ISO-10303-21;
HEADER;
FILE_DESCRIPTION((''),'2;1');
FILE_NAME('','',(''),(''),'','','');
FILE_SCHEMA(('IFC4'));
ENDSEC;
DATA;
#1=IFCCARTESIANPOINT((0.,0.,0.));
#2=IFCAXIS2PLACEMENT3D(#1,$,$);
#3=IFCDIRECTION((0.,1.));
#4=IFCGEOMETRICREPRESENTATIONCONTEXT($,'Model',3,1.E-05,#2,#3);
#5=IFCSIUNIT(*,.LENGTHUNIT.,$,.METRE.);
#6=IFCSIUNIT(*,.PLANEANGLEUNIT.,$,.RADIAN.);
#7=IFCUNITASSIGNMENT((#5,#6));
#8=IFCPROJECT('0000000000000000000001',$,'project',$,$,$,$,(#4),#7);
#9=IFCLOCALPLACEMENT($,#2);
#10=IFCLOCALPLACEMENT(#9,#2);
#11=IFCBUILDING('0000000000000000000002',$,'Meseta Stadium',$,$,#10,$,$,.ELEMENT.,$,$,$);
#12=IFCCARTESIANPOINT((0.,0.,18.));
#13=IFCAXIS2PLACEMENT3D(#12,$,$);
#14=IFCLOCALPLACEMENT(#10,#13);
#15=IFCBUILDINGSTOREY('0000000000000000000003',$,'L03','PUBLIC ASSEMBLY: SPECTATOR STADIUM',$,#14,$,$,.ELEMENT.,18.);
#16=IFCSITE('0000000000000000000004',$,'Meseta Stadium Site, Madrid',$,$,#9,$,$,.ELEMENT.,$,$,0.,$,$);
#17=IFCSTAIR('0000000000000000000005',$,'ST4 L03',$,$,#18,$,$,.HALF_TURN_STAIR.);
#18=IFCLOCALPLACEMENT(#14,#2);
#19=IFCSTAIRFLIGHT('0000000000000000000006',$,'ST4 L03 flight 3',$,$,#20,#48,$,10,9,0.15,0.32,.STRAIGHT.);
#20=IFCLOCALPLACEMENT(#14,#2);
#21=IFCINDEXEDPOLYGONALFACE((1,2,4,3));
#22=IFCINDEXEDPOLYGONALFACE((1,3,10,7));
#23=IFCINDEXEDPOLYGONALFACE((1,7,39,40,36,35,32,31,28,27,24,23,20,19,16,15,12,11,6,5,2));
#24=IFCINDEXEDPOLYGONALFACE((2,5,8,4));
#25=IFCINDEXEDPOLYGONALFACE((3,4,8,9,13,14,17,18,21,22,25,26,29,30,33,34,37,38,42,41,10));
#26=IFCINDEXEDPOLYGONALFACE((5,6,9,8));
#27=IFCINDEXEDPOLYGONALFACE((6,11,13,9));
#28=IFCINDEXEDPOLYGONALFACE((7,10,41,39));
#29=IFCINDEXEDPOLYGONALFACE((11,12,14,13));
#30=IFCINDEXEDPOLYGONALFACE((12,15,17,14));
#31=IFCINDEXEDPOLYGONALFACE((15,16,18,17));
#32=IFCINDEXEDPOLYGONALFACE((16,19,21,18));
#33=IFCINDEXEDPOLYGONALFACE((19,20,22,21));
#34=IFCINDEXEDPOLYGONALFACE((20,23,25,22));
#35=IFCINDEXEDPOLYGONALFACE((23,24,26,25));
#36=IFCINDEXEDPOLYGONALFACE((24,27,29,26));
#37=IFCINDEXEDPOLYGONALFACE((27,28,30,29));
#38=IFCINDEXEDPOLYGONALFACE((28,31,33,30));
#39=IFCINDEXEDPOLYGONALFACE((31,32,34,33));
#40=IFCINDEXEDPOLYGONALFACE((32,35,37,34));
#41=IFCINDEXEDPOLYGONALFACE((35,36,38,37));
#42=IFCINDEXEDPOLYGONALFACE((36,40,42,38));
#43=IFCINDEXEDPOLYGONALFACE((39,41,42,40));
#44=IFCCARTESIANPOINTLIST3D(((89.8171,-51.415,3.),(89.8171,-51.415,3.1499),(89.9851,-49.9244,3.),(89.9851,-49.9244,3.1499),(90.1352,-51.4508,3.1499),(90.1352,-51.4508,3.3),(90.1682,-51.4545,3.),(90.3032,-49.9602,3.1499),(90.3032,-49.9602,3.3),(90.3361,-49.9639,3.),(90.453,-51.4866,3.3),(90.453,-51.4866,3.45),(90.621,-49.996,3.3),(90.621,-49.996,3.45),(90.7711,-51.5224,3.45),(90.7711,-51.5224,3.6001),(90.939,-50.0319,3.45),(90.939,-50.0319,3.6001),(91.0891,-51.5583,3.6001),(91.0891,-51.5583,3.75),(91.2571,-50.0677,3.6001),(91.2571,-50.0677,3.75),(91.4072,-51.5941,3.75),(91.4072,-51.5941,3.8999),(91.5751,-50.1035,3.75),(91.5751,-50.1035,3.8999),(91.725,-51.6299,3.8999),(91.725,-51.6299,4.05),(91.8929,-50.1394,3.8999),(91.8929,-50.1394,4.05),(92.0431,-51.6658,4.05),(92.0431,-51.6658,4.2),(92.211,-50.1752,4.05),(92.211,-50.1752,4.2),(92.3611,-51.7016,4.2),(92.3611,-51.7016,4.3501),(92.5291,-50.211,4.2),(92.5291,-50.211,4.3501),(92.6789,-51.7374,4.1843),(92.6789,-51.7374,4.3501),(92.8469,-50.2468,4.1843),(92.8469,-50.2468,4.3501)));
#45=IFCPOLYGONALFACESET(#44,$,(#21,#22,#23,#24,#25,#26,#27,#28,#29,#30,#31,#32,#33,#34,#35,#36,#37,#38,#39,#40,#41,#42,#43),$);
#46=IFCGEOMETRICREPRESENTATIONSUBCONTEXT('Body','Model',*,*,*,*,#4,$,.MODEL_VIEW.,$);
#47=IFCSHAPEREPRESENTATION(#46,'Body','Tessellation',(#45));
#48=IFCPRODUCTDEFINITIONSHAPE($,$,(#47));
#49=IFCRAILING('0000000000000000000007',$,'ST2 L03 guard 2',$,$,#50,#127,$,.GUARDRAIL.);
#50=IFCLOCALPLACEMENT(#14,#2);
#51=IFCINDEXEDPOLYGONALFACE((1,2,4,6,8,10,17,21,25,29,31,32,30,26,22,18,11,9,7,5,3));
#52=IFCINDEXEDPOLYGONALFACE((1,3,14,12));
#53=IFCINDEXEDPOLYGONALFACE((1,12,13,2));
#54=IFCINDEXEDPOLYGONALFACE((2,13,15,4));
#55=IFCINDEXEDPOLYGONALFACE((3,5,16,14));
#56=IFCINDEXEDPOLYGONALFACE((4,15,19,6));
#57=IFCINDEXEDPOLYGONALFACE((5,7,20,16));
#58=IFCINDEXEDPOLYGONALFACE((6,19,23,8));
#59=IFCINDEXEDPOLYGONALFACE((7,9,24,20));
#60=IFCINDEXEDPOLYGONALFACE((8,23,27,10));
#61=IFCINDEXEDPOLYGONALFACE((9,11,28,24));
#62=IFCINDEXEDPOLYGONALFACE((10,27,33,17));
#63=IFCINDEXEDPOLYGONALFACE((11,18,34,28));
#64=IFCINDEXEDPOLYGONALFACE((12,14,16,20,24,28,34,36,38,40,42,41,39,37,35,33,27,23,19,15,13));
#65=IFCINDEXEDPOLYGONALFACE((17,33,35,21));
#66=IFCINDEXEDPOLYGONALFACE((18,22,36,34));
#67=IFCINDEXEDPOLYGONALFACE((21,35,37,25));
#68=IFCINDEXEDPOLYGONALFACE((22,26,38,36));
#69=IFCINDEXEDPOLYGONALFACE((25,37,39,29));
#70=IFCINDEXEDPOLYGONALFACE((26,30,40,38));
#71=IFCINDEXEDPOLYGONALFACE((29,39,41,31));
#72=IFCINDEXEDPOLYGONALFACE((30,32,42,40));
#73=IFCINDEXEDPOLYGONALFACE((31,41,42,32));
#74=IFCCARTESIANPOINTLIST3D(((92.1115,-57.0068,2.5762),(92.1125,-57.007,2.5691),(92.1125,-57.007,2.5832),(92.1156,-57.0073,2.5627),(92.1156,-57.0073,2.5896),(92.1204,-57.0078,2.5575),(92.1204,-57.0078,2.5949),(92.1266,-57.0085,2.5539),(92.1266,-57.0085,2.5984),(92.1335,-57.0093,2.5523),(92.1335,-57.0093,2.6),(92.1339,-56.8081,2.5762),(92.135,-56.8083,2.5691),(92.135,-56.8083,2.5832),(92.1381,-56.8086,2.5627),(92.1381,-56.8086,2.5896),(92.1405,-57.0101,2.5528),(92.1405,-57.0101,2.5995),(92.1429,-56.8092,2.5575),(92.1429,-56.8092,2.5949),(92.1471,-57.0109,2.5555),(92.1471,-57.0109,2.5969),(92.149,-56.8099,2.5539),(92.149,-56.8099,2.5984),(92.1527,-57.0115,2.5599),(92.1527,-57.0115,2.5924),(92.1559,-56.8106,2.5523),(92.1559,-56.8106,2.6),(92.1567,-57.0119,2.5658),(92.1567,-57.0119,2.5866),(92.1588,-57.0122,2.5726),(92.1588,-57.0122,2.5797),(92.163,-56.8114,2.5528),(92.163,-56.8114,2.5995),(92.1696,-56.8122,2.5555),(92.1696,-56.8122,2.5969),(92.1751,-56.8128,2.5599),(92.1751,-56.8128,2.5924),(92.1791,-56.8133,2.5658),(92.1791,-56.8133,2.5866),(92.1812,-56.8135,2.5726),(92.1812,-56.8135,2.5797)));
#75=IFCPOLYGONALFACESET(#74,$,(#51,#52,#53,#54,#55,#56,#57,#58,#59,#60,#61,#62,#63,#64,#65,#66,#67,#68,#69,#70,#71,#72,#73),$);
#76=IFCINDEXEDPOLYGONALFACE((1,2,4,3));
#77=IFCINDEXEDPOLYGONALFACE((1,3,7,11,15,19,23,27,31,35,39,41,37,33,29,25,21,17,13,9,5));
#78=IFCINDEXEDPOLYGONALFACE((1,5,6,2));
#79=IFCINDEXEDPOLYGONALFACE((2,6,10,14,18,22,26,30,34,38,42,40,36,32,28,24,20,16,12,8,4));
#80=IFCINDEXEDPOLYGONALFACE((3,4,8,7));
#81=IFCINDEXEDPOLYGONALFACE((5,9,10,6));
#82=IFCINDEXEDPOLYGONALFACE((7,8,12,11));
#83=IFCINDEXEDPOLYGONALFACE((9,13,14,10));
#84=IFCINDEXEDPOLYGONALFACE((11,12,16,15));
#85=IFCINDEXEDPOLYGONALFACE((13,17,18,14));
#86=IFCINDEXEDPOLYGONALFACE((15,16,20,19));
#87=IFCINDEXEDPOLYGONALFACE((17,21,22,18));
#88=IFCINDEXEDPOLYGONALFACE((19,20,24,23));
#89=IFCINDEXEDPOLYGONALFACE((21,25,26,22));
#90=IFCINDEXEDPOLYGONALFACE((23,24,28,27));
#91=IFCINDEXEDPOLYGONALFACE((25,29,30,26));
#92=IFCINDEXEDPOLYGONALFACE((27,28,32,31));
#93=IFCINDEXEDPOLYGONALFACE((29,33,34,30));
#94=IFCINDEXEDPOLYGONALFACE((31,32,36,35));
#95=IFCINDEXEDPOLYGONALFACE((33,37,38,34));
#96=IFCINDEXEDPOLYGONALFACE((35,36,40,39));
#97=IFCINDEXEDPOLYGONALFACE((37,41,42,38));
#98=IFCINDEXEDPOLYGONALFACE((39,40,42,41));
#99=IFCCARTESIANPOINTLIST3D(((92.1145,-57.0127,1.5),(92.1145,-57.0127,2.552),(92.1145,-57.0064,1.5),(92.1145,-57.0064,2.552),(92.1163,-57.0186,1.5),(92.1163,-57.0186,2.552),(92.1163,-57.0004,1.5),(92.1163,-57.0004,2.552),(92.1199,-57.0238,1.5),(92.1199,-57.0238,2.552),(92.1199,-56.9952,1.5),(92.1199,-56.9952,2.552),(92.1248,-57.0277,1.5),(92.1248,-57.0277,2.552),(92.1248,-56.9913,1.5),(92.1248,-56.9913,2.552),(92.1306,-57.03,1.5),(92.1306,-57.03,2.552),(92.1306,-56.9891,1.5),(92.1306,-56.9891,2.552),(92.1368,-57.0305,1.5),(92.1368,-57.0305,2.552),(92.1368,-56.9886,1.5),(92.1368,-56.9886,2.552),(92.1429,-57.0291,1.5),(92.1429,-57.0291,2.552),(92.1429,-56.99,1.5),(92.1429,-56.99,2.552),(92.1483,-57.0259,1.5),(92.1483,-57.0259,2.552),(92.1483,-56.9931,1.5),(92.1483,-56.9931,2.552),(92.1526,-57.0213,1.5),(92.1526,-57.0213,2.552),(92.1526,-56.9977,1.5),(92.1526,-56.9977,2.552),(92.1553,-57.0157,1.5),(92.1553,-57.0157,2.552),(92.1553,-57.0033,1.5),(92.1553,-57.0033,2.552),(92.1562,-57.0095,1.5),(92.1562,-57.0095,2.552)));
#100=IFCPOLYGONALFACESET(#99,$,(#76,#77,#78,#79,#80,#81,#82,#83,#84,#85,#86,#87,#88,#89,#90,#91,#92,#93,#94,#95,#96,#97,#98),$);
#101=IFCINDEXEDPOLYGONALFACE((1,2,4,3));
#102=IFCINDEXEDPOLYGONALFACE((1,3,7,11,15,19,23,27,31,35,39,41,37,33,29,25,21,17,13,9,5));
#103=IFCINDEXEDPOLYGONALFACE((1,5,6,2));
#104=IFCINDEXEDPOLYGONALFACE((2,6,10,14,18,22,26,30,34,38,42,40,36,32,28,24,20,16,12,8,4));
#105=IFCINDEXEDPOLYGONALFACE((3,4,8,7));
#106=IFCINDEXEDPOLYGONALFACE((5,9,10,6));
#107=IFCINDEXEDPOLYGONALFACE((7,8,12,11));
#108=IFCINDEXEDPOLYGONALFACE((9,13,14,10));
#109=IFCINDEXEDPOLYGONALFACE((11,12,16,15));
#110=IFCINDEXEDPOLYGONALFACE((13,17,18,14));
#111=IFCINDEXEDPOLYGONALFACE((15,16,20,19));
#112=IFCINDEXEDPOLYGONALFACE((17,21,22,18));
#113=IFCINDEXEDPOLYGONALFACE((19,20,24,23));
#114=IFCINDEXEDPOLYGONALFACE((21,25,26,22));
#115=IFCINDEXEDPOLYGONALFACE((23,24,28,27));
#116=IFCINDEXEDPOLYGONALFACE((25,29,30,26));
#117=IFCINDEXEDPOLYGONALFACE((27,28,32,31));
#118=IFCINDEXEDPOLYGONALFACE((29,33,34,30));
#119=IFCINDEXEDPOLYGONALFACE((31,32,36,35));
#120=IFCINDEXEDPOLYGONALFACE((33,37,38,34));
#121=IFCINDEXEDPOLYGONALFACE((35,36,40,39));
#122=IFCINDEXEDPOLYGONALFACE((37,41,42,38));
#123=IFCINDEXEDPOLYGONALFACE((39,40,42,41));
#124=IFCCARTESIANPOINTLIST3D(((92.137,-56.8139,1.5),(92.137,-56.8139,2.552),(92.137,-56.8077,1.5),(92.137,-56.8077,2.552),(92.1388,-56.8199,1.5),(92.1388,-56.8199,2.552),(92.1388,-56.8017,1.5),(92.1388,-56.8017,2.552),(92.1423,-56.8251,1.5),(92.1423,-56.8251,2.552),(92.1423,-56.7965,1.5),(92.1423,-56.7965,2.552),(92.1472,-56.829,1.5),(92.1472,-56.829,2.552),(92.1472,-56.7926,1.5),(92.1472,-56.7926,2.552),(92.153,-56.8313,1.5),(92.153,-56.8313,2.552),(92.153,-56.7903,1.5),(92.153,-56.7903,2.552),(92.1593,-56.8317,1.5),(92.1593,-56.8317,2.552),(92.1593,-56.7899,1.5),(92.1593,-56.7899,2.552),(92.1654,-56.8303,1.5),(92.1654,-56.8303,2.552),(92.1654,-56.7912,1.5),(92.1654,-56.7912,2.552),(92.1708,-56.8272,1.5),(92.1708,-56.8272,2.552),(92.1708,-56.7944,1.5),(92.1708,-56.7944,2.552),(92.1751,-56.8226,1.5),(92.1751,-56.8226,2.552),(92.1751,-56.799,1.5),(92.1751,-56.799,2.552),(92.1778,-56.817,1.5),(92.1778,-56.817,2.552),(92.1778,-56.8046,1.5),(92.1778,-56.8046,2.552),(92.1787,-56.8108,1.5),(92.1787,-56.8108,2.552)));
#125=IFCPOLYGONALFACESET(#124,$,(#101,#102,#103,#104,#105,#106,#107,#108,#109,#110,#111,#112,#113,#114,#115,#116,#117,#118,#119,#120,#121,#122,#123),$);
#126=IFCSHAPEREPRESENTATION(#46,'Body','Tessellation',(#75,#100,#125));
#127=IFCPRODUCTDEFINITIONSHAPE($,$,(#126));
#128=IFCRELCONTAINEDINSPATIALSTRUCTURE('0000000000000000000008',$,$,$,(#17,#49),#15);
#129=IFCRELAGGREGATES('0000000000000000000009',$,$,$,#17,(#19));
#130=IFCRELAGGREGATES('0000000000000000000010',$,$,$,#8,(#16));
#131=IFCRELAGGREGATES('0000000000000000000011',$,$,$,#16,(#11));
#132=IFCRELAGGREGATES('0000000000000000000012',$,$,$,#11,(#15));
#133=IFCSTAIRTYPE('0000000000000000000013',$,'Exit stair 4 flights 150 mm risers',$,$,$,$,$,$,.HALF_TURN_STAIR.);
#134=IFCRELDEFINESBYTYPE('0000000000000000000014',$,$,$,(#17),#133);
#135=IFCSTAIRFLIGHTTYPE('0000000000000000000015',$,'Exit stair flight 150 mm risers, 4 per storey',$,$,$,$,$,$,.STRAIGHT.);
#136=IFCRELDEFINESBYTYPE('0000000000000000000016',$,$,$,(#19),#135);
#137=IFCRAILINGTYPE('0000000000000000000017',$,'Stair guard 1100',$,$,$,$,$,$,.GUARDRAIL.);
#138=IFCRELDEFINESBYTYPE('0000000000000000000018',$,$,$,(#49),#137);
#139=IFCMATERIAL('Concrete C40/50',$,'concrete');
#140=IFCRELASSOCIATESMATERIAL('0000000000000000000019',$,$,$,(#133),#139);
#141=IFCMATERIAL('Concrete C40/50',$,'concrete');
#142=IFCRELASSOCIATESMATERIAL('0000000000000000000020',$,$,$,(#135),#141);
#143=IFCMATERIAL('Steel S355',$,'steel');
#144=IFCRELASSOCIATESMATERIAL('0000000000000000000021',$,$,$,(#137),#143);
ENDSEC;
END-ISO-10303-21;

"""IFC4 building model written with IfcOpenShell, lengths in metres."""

from ifc_helpers import new_model, si_unit, direction, frame, origin, origin_2d, place, context, subcontext, project, spatial, polyline, circle, outline, extrude, material, type_object, element, aggregate, save


model = new_model("IFC4")

# Units and contexts
model_context = context("Model", 3, precision=1e-05, world=origin(), true_north=direction((0.0, 1.0)))
body_context = subcontext(model_context, "Body", "Model", "MODEL_VIEW")
ifc_project = project(units=[si_unit("LENGTHUNIT", "METRE"), si_unit("PLANEANGLEUNIT", "RADIAN")], contexts=[model_context])

# Site, building, storey
site_placement = place(None, origin())
site = spatial("IfcSite", under=ifc_project, at=site_placement, Name="Meseta Stadium Site, Madrid", CompositionType="ELEMENT", RefElevation=0.0)
building_placement = place(site_placement, origin())
building = spatial("IfcBuilding", under=site, at=building_placement, Name="Meseta Stadium", CompositionType="ELEMENT")
storey_placement = place(building_placement, frame((0.0, 0.0, 18.0)))
storey = spatial("IfcBuildingStorey", under=building, at=storey_placement, Name="L03", Description="PUBLIC ASSEMBLY: SPECTATOR STADIUM", CompositionType="ELEMENT", Elevation=18.0)

# Stair, stair flight
ifc_material_1 = material(Name="Concrete C40/50", Category="concrete")
stair_type = type_object("IfcStairType", Name="Exit stair 4 flights 150 mm risers", PredefinedType="HALF_TURN_STAIR", material=ifc_material_1)
ifc_material_2 = material(Name="Concrete C40/50", Category="concrete")
stair_flight_type = type_object("IfcStairFlightType", Name="Exit stair flight 150 mm risers, 4 per storey", PredefinedType="STRAIGHT", material=ifc_material_2)
stair_1_placement = place(storey_placement, origin())
stair_1 = element("IfcStair", 1, at=stair_1_placement, inside=storey, type_object=stair_type, Name="ST4 L03", PredefinedType="HALF_TURN_STAIR")
stair_flight_1_placement = place(storey_placement, frame((89.9011, -50.6697, 3.0), z_axis=(0.0, 0.0, 1.0), x_axis=(0.993712, -0.111964, 0.0)))
stair_flight_1 = element("IfcStairFlight", 2, at=stair_flight_1_placement, type_object=stair_flight_type, Name="ST4 L03 flight 3", NumberOfRisers=10, NumberOfTreads=9, PredefinedType="STRAIGHT", RiserHeight=0.15, TreadLength=0.32, context=body_context, shape_type="SweptSolid", body=[
    extrude(outline(polyline([(0.0, 0.0), (0.0, 0.1499), (0.3201, 0.1499), (0.3201, 0.3), (0.6399, 0.3), (0.6399, 0.45), (0.96, 0.45), (0.96, 0.6001), (1.28, 0.6001), (1.28, 0.75), (1.6001, 0.75), (1.6001, 0.8999), (1.9199, 0.8999), (1.9199, 1.05), (2.24, 1.05), (2.24, 1.2), (2.5601, 1.2), (2.5601, 1.3501), (2.8799, 1.3501), (2.8799, 1.1843), (0.3533, 0.0), (0.0, 0.0)])), frame((0.0, 0.75, 0.0), z_axis=(0.0, -1.0, 0.0), x_axis=(1.0, 0.0, 0.0)), (0.0, 0.0, 1.0), 1.5),
])
aggregate(stair_1, [stair_flight_1])

# Railing
ifc_material_3 = material(Name="Steel S355", Category="steel")
railing_type_1 = type_object("IfcRailingType", Name="Stair guard 1100", PredefinedType="GUARDRAIL", material=ifc_material_3)
railing_1_placement = place(storey_placement, frame((92.1353, -57.0095, 1.5)))
element("IfcRailing", 3, at=railing_1_placement, inside=storey, type_object=railing_type_1, Name="ST2 L03 guard 2", PredefinedType="GUARDRAIL", context=body_context, shape_type="SweptSolid", body=[
    extrude(circle(Radius=0.0239, at=origin_2d()), frame((0.0, 0.0, 1.0762), z_axis=(0.112307, 0.993674, 0.0), x_axis=(-0.993674, 0.112307, 0.0)), (0.0, 0.0, 1.0), 0.2),
    extrude(circle(Radius=0.021, at=origin_2d()), origin(), (0.0, 0.0, 1.0), 1.052),
    extrude(circle(Radius=0.021, at=origin_2d()), frame((0.0225, 0.1987, 0.0)), (0.0, 0.0, 1.0), 1.052),
])

save(model, "model.ifc")
